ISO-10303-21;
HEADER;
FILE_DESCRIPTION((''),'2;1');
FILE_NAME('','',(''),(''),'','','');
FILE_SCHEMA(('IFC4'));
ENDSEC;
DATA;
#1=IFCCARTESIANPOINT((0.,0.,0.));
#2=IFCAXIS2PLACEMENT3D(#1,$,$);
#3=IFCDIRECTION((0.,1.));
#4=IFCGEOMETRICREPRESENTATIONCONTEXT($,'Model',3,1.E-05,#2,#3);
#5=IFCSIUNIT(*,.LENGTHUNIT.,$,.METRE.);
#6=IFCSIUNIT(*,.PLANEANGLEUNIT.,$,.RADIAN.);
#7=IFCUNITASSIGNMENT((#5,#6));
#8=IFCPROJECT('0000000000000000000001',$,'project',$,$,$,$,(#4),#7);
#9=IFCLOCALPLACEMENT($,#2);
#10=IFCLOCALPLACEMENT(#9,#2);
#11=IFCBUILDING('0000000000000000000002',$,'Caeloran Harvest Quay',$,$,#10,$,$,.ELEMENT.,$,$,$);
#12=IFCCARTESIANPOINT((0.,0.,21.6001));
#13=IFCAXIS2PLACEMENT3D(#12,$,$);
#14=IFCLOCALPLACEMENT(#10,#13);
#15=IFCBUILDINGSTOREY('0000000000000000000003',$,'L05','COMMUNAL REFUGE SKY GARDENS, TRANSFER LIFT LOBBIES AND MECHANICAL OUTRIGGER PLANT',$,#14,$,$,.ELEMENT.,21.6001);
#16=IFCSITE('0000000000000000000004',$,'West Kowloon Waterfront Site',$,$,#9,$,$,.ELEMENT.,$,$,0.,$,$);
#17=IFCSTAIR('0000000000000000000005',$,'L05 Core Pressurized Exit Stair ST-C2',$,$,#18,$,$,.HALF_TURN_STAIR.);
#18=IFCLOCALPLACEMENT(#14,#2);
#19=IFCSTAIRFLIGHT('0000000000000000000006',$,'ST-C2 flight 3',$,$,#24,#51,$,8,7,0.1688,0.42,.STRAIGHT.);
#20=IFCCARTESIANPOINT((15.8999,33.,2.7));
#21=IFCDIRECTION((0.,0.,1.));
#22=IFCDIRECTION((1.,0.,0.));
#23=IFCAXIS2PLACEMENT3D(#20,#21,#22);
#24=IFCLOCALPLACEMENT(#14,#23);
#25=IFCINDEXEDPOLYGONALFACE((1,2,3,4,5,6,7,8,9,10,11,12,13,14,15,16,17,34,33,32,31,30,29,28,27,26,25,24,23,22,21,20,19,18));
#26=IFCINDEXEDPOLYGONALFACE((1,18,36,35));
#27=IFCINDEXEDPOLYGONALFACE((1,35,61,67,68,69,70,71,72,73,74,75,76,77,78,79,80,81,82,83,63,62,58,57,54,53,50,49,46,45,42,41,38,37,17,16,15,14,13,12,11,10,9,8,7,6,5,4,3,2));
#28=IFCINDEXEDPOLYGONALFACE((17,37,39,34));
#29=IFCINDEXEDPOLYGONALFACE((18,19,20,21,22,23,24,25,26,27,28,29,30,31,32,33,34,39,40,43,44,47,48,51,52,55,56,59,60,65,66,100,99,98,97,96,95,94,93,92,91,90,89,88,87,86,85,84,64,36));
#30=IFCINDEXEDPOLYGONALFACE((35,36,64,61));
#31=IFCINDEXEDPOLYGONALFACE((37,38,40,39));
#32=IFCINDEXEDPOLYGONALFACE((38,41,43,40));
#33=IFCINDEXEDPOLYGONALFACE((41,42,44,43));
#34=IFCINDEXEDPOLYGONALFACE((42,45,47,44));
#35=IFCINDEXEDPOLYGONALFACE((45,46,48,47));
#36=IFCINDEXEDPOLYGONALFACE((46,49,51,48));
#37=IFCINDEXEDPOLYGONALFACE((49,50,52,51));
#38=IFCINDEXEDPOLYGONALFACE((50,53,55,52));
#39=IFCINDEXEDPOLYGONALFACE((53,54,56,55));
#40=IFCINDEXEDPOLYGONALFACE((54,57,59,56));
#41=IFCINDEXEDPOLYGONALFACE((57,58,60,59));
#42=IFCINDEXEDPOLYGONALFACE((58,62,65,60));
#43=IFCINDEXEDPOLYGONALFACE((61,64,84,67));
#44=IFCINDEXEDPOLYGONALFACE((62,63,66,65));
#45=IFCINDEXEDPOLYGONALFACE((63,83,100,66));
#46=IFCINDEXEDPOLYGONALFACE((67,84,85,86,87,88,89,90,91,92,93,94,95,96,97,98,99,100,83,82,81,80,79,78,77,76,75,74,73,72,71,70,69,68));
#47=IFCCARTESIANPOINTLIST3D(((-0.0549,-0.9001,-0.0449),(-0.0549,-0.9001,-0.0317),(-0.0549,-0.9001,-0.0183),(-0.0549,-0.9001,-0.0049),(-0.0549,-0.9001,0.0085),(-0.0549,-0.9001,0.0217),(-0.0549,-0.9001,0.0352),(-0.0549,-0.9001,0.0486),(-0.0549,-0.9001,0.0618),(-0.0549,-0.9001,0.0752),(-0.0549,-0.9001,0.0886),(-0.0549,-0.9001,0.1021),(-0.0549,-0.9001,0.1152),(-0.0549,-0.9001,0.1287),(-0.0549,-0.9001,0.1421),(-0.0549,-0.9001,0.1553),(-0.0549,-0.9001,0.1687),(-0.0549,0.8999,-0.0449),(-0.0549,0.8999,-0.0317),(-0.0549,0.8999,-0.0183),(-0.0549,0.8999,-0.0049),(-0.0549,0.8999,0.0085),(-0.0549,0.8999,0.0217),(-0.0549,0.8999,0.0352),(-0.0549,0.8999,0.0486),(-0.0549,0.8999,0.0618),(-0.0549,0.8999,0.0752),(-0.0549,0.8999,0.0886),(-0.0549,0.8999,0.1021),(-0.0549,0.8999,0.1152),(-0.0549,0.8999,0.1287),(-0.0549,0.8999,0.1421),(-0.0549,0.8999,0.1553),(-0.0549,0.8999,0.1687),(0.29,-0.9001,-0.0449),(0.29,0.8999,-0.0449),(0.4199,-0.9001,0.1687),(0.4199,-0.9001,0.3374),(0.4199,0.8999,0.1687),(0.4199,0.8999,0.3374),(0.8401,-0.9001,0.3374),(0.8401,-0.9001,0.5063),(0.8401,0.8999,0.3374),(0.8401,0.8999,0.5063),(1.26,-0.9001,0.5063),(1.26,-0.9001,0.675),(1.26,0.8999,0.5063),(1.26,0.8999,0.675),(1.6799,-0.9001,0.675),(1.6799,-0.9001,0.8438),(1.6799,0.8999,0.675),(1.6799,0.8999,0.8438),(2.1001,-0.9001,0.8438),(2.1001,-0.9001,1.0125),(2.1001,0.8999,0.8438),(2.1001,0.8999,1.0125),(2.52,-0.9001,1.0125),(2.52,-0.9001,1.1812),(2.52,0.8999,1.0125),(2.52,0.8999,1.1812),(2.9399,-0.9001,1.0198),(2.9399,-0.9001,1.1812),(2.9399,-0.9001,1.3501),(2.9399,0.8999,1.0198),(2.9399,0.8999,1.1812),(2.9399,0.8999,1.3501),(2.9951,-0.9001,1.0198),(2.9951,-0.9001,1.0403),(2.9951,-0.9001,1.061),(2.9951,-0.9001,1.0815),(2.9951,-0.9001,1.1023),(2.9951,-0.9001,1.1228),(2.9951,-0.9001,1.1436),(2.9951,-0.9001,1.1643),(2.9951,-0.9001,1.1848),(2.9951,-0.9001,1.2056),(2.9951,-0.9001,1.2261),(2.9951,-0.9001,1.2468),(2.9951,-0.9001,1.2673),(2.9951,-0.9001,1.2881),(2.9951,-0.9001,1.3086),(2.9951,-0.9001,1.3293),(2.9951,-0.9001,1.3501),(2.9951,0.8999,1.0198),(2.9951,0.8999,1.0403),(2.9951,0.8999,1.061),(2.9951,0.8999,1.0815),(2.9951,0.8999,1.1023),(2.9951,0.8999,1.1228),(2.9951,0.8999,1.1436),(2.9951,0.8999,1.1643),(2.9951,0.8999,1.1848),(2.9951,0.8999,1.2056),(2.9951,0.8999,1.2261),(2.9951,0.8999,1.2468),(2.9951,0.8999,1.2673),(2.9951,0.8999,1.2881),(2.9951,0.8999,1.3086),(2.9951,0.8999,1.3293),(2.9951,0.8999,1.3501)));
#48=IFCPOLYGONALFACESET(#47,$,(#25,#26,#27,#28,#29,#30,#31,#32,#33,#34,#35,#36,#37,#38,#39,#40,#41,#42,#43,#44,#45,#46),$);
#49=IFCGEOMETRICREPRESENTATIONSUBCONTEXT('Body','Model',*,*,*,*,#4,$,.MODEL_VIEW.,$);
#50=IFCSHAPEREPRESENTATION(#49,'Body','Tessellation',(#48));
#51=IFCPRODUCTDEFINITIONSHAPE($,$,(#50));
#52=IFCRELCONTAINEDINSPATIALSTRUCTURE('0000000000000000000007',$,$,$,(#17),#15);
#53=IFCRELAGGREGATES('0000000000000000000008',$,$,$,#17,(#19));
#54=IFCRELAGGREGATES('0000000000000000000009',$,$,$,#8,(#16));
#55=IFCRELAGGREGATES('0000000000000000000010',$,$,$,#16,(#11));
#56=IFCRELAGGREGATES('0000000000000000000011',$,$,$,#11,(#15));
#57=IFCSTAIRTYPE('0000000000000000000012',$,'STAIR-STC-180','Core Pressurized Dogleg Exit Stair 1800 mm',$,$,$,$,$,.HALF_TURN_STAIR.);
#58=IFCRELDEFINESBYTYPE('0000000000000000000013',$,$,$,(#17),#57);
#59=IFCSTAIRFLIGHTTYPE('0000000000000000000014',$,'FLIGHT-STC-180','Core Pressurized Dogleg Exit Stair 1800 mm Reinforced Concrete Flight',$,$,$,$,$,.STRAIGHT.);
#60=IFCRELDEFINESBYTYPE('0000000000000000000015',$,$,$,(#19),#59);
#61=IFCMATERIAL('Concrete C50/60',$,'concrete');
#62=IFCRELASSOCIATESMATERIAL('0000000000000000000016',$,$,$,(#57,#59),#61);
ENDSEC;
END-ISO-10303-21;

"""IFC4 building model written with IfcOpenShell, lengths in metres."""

from ifc_helpers import new_model, si_unit, direction, frame, origin, place, context, subcontext, project, spatial, polyline, outline, extrude, material, type_object, element, aggregate, save


model = new_model("IFC4")

# Units and contexts
model_context = context("Model", 3, precision=1e-05, world=origin(), true_north=direction((0.0, 1.0)))
body_context = subcontext(model_context, "Body", "Model", "MODEL_VIEW")
ifc_project = project(units=[si_unit("LENGTHUNIT", "METRE"), si_unit("PLANEANGLEUNIT", "RADIAN")], contexts=[model_context])

# Site, building, storey
site_placement = place(None, origin())
site = spatial("IfcSite", under=ifc_project, at=site_placement, Name="West Kowloon Waterfront Site", CompositionType="ELEMENT", RefElevation=0.0)
building_placement = place(site_placement, origin())
building = spatial("IfcBuilding", under=site, at=building_placement, Name="Caeloran Harvest Quay", CompositionType="ELEMENT")
storey_placement = place(building_placement, frame((0.0, 0.0, 21.6001)))
storey = spatial("IfcBuildingStorey", under=building, at=storey_placement, Name="L05", Description="COMMUNAL REFUGE SKY GARDENS, TRANSFER LIFT LOBBIES AND MECHANICAL OUTRIGGER PLANT", CompositionType="ELEMENT", Elevation=21.6001)

# Shared definitions
ifc_material_1 = material(Name="Concrete C50/60", Category="concrete")

# Shared definitions
stair_type = type_object("IfcStairType", Name="STAIR-STC-180", Description="Core Pressurized Dogleg Exit Stair 1800 mm", PredefinedType="HALF_TURN_STAIR", material=ifc_material_1)
stair_flight_type = type_object("IfcStairFlightType", Name="FLIGHT-STC-180", Description="Core Pressurized Dogleg Exit Stair 1800 mm Reinforced Concrete Flight", PredefinedType="STRAIGHT", material=ifc_material_1)

# Stair, stair flight
stair_1_placement = place(storey_placement, origin())
stair_1 = element("IfcStair", 1, at=stair_1_placement, inside=storey, type_object=stair_type, Name="L05 Core Pressurized Exit Stair ST-C2", PredefinedType="HALF_TURN_STAIR")
stair_flight_1_placement = place(storey_placement, frame((15.8999, 33.0, 2.7), z_axis=(0.0, 0.0, 1.0), x_axis=(1.0, 0.0, 0.0)))
stair_flight_1 = element("IfcStairFlight", 2, at=stair_flight_1_placement, type_object=stair_flight_type, Name="ST-C2 flight 3", NumberOfRisers=8, NumberOfTreads=7, PredefinedType="STRAIGHT", RiserHeight=0.1688, TreadLength=0.42, context=body_context, shape_type="SweptSolid", body=[
    extrude(outline(polyline([(-0.0549, -0.0449), (-0.0549, -0.0317), (-0.0549, -0.0183), (-0.0549, -0.0049), (-0.0549, 0.0085), (-0.0549, 0.0217), (-0.0549, 0.0352), (-0.0549, 0.0486), (-0.0549, 0.0618), (-0.0549, 0.0752), (-0.0549, 0.0886), (-0.0549, 0.1021), (-0.0549, 0.1152), (-0.0549, 0.1287), (-0.0549, 0.1421), (-0.0549, 0.1553), (-0.0549, 0.1687), (0.4199, 0.1687), (0.4199, 0.3374), (0.8401, 0.3374), (0.8401, 0.5063), (1.26, 0.5063), (1.26, 0.675), (1.6799, 0.675), (1.6799, 0.8438), (2.1001, 0.8438), (2.1001, 1.0125), (2.52, 1.0125), (2.52, 1.1812), (2.9399, 1.1812), (2.9399, 1.3501), (2.9951, 1.3501), (2.9951, 1.3293), (2.9951, 1.3086), (2.9951, 1.2881), (2.9951, 1.2673), (2.9951, 1.2468), (2.9951, 1.2261), (2.9951, 1.2056), (2.9951, 1.1848), (2.9951, 1.1643), (2.9951, 1.1436), (2.9951, 1.1228), (2.9951, 1.1023), (2.9951, 1.0815), (2.9951, 1.061), (2.9951, 1.0403), (2.9951, 1.0198), (2.9399, 1.0198), (0.29, -0.0449), (-0.0549, -0.0449)])), frame((0.0, 0.8999, 0.0), z_axis=(0.0, -1.0, 0.0), x_axis=(1.0, 0.0, 0.0)), (0.0, 0.0, 1.0), 1.8),
])
aggregate(stair_1, [stair_flight_1])

save(model, "model.ifc")
